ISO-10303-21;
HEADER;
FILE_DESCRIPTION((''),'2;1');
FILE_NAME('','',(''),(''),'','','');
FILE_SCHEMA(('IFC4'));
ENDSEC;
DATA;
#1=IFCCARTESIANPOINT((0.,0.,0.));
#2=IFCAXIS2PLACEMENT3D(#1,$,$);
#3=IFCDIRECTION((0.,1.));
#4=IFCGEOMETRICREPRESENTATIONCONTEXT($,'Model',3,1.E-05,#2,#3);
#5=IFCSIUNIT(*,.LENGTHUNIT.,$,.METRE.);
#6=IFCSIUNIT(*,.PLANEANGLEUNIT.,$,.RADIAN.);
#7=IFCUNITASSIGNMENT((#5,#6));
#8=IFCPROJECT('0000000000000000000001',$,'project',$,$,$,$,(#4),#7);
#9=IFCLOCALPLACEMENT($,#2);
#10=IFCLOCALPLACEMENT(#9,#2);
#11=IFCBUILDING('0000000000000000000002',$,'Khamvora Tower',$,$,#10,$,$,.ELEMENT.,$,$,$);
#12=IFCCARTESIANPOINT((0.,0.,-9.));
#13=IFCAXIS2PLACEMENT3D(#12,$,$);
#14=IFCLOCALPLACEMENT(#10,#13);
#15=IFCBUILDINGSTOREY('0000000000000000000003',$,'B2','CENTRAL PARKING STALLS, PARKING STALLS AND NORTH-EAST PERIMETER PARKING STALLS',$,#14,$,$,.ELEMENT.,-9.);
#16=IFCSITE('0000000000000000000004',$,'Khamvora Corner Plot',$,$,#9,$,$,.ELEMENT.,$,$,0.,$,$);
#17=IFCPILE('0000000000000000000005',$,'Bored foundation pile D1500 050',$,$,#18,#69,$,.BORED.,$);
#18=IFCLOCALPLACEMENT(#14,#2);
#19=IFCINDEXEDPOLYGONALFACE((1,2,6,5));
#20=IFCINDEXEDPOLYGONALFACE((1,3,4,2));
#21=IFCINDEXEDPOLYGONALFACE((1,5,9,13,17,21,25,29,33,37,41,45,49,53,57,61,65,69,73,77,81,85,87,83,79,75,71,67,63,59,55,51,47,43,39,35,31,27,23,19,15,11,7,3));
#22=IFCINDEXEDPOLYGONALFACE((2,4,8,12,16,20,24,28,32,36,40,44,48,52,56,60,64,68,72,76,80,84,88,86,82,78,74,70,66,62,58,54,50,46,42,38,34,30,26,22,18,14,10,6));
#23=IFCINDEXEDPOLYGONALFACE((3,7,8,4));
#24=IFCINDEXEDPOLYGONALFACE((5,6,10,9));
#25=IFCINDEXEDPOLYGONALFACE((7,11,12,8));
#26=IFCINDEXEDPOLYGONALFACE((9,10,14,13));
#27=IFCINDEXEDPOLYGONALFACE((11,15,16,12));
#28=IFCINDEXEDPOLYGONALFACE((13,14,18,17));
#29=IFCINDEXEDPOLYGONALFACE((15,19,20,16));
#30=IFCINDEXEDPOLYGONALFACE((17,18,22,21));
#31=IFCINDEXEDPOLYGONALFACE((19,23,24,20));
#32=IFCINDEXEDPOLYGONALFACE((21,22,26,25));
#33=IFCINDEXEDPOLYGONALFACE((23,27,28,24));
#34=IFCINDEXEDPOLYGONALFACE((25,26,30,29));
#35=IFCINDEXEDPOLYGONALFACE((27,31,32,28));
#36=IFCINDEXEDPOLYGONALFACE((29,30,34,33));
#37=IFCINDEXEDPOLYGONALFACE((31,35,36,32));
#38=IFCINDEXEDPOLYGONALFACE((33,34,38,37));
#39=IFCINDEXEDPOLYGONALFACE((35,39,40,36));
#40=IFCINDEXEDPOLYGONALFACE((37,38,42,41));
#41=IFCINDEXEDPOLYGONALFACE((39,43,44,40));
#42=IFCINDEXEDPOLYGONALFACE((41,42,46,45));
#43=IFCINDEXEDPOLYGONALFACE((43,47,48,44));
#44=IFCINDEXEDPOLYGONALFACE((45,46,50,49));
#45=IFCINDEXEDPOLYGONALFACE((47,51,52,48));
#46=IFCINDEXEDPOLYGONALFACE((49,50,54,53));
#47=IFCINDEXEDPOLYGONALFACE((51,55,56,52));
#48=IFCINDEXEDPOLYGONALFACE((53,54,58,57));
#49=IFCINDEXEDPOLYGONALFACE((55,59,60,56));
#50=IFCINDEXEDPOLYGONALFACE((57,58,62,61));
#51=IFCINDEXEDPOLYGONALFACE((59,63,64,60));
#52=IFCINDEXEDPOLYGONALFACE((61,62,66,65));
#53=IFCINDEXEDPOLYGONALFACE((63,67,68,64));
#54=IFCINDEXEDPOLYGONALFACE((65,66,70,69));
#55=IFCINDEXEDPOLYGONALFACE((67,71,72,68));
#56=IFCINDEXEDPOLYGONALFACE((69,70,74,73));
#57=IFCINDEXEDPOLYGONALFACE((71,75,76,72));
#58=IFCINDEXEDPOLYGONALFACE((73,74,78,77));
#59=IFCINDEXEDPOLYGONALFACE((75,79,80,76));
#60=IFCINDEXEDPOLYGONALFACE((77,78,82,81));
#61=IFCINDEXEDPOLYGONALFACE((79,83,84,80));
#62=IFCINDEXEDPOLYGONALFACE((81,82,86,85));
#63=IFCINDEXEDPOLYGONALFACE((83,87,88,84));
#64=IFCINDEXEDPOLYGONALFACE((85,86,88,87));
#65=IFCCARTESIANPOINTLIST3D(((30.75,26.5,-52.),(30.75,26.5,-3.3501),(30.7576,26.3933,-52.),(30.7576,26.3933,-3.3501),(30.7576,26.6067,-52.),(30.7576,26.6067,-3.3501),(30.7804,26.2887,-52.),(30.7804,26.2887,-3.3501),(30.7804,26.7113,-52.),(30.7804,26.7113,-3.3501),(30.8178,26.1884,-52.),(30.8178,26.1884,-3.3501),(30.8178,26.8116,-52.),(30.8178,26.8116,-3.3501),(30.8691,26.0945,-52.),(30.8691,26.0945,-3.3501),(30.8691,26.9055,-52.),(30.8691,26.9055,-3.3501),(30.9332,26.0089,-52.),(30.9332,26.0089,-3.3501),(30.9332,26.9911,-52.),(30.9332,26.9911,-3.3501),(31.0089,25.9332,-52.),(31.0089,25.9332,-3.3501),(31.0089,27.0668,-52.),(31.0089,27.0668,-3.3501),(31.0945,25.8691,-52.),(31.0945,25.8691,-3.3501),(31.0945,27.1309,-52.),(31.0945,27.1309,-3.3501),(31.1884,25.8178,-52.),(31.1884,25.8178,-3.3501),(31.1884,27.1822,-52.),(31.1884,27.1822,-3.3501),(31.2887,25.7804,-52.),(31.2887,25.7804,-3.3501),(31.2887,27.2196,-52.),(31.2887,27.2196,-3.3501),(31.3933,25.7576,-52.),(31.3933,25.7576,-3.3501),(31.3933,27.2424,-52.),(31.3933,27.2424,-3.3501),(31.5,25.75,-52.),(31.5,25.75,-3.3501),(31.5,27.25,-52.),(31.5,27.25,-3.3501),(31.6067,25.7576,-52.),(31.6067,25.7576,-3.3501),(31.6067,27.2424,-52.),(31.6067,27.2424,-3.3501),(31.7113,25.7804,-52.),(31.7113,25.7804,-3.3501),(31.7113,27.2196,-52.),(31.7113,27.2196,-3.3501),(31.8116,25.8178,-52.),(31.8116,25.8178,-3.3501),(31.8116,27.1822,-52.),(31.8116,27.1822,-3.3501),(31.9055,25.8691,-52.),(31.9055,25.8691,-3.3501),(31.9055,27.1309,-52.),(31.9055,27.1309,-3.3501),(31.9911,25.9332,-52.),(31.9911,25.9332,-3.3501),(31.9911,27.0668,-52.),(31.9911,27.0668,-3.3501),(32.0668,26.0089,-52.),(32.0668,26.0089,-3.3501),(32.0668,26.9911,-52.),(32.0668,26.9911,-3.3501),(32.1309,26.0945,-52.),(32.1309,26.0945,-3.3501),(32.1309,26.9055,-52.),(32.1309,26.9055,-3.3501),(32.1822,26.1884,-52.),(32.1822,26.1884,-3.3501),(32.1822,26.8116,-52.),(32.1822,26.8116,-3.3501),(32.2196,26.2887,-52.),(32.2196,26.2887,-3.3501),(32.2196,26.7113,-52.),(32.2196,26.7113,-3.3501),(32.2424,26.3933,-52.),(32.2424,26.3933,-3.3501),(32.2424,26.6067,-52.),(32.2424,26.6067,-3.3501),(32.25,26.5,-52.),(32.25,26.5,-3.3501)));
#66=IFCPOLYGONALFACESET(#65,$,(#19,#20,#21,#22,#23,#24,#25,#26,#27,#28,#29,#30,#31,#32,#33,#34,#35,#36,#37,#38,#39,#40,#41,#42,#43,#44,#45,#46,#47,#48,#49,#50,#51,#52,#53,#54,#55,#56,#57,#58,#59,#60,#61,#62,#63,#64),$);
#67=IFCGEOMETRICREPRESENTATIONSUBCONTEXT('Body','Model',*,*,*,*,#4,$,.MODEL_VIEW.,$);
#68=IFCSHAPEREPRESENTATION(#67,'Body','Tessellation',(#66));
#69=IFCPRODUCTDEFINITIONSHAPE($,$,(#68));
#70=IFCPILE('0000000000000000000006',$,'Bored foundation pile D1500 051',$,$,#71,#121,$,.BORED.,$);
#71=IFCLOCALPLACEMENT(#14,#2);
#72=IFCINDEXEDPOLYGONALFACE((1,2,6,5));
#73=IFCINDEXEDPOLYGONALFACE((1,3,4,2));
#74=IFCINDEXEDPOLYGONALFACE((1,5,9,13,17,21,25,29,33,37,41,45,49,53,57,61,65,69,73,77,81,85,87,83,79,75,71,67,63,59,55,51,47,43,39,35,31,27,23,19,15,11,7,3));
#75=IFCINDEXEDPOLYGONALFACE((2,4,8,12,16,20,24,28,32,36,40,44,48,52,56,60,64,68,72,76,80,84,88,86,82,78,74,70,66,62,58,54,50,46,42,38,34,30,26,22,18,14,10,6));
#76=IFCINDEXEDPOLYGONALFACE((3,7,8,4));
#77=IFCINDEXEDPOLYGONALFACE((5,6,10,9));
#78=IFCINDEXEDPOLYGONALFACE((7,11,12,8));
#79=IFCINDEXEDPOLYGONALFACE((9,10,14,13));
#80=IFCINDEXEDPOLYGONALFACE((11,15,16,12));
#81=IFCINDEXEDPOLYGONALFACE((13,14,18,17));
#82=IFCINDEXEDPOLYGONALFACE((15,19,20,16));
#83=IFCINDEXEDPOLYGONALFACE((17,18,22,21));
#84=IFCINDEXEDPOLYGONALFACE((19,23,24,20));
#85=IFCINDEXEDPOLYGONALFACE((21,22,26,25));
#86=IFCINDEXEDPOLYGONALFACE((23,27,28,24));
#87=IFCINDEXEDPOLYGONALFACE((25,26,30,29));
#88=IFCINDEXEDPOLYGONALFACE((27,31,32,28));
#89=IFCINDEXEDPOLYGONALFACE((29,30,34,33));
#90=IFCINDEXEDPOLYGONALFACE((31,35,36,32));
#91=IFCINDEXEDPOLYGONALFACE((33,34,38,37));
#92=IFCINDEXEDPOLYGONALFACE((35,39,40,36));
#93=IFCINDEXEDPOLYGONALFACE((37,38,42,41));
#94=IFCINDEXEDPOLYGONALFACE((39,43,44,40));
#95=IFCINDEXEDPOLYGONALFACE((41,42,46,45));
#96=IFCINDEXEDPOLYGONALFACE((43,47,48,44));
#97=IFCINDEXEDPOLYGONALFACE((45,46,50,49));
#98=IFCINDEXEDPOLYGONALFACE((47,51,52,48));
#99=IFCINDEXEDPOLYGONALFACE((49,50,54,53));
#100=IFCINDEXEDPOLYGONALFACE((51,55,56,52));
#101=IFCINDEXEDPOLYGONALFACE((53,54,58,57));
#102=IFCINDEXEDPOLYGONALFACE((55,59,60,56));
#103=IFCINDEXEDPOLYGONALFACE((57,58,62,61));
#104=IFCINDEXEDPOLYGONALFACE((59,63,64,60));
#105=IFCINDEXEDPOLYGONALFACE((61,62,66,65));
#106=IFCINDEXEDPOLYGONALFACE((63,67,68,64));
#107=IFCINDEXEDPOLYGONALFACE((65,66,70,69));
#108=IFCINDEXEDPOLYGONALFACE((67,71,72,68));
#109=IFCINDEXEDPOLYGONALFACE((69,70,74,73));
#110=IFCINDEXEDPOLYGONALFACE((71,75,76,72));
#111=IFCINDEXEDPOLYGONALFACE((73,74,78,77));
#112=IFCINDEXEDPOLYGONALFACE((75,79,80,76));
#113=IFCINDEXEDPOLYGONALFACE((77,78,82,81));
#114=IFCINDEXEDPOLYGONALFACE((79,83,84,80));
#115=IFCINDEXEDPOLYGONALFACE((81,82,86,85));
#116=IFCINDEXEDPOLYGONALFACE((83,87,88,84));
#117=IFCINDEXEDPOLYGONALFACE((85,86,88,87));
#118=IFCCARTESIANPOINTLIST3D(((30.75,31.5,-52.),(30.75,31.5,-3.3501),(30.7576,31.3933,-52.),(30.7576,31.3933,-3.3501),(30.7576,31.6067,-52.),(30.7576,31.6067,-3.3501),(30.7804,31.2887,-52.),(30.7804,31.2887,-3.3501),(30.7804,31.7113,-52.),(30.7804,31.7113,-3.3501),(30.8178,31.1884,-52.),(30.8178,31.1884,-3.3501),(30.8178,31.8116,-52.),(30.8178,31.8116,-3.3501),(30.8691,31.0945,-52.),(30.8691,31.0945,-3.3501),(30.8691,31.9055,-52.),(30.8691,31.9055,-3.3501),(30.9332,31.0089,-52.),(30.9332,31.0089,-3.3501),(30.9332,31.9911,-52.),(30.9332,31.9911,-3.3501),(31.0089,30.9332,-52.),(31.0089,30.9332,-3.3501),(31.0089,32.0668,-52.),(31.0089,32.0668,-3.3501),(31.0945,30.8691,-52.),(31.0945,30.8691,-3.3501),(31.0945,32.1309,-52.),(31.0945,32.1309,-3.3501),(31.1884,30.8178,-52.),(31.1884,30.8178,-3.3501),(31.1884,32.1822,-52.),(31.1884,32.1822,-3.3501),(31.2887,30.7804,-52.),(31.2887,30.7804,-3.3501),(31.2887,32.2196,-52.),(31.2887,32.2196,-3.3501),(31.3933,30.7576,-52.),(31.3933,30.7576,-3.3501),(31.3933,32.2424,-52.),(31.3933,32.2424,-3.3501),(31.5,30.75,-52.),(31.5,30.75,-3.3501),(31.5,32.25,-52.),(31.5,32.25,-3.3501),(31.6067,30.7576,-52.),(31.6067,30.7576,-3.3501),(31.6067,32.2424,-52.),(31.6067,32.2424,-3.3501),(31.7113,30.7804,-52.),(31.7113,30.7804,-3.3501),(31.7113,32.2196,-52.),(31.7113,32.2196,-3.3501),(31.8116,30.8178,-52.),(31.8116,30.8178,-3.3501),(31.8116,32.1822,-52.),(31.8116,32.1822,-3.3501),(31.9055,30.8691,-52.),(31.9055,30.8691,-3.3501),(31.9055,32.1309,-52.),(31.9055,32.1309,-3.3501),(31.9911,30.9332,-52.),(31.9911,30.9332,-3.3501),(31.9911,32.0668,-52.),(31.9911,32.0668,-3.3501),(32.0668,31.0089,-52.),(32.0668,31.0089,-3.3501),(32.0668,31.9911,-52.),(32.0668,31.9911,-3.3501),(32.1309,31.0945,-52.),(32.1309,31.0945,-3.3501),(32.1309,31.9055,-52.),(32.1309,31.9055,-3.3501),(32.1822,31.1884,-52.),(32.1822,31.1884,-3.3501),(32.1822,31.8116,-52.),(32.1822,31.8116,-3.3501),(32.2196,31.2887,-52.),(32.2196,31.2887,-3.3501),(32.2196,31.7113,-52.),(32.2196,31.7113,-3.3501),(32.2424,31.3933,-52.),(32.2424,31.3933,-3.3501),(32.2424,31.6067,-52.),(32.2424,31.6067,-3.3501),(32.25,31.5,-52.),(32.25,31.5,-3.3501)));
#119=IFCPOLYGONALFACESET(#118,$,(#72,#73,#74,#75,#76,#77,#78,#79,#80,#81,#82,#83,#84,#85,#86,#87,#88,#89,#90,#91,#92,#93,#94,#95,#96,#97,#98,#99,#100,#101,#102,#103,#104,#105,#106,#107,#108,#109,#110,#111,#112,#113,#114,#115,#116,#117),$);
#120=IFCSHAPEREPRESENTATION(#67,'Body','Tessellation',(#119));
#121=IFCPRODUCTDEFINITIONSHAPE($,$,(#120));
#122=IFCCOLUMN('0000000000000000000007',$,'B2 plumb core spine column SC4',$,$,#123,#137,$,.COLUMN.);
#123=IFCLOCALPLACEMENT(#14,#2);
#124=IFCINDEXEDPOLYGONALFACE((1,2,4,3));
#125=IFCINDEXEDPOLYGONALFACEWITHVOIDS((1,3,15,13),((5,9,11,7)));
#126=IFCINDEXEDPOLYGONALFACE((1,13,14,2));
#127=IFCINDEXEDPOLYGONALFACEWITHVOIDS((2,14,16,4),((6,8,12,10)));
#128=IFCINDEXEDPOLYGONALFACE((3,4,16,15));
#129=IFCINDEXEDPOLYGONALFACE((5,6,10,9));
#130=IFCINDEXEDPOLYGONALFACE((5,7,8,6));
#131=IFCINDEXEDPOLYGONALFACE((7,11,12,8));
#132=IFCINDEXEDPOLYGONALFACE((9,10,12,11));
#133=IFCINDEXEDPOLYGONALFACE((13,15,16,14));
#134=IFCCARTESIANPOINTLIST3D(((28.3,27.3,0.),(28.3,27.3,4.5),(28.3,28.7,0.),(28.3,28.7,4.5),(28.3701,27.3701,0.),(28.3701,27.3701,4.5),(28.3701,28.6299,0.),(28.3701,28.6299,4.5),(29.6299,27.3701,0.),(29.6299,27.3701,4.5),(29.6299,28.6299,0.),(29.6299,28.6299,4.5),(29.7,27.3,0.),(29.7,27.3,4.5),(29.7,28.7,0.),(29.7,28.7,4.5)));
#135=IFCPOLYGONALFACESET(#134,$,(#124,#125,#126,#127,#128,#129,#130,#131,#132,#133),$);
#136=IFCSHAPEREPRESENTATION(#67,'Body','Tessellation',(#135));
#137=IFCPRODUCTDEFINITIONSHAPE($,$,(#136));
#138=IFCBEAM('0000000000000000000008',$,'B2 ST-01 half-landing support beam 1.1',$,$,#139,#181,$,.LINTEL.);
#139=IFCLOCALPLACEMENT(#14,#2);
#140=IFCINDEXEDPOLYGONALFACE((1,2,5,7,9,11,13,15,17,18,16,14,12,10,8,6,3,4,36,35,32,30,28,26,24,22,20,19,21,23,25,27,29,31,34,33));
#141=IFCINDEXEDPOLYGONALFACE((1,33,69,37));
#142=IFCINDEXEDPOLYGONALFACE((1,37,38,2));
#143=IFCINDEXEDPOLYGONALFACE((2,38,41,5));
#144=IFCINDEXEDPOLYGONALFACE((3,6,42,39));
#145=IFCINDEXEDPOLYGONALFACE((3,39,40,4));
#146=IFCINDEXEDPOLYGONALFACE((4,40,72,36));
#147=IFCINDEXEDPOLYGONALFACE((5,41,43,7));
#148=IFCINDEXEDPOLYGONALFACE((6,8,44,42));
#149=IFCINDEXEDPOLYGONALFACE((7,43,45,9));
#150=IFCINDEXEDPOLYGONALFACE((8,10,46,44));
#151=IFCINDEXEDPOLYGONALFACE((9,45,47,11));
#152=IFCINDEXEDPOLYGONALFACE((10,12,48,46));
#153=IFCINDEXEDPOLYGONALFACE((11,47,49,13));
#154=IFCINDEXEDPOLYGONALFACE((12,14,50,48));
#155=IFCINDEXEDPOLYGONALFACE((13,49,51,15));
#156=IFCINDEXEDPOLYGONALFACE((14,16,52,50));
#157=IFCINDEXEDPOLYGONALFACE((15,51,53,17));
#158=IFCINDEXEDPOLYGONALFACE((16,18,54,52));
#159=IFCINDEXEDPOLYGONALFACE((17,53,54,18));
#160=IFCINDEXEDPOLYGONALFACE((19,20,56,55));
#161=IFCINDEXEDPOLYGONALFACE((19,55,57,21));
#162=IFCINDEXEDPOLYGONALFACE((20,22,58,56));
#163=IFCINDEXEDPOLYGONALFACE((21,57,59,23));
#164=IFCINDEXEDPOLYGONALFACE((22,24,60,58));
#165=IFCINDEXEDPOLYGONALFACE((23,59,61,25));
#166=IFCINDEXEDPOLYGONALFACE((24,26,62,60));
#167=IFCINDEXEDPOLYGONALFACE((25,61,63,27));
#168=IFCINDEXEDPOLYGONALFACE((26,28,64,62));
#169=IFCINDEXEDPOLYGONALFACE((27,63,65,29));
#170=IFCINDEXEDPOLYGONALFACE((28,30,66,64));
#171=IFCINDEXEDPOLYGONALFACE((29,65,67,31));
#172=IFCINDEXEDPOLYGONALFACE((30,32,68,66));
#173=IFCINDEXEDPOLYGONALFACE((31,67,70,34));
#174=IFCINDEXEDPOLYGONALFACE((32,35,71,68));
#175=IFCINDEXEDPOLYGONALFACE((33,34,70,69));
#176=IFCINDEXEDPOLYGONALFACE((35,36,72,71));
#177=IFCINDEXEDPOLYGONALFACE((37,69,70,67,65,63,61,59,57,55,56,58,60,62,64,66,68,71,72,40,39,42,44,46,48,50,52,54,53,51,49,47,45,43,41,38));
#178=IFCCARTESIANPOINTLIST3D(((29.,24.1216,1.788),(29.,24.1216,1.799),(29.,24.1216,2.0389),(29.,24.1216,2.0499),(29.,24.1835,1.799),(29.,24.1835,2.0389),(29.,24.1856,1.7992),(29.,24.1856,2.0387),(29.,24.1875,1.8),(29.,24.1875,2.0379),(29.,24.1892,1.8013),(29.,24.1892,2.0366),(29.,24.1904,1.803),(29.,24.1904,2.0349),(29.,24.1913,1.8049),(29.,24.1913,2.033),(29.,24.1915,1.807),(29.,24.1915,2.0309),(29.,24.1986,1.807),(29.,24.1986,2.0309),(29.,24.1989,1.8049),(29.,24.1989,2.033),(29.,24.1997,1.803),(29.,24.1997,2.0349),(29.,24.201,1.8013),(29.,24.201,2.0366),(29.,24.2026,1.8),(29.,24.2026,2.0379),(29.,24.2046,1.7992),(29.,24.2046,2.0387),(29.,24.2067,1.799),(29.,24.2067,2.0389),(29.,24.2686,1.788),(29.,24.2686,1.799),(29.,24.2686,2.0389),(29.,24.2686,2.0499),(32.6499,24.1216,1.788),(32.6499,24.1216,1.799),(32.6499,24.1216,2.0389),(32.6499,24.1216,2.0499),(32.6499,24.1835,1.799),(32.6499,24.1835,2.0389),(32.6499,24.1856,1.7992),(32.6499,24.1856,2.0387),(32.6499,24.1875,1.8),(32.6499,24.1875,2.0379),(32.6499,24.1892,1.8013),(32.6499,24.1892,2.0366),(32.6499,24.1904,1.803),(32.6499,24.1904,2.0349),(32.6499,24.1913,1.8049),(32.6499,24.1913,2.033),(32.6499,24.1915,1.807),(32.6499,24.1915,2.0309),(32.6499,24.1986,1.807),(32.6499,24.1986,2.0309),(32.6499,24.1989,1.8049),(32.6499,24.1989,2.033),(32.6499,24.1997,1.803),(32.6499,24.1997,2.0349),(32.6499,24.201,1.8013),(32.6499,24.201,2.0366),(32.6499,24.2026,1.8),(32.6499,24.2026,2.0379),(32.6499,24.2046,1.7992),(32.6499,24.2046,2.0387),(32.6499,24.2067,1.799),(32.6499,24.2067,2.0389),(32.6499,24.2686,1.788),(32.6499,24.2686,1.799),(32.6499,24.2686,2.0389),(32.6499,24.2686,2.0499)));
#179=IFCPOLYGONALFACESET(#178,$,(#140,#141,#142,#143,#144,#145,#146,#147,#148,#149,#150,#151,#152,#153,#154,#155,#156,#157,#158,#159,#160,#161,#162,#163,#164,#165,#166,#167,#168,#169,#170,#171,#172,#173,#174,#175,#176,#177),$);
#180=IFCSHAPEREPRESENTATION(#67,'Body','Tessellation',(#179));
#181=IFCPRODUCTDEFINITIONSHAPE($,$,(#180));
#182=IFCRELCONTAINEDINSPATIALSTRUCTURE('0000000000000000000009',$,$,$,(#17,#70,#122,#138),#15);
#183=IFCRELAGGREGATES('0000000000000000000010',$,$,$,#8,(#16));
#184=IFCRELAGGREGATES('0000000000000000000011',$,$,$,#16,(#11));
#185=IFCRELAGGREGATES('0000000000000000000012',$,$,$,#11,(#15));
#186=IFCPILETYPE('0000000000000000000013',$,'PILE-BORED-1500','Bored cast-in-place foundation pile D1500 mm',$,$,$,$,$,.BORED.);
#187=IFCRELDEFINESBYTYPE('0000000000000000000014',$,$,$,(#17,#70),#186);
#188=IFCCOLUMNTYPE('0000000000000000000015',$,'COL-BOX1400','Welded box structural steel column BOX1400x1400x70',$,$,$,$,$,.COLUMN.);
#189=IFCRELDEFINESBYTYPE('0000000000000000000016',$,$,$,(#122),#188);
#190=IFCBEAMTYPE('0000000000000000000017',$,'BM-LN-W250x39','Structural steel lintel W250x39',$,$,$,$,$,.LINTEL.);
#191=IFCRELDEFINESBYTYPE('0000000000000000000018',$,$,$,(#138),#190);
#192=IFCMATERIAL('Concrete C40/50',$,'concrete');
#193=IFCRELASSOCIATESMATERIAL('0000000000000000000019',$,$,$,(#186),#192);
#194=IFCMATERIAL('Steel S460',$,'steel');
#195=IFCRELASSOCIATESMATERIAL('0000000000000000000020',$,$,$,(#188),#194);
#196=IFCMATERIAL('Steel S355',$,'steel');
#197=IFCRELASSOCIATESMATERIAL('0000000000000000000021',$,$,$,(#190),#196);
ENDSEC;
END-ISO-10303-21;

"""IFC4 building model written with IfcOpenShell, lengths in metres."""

from ifc_helpers import new_model, si_unit, direction, frame, origin, origin_2d, place, context, subcontext, project, spatial, hollow_rectangle, circle, i_section, extrude, material, material_profile, profile_set, type_object, element, save


model = new_model("IFC4")

# Units and contexts
model_context = context("Model", 3, precision=1e-05, world=origin(), true_north=direction((0.0, 1.0)))
body_context = subcontext(model_context, "Body", "Model", "MODEL_VIEW")
ifc_project = project(units=[si_unit("LENGTHUNIT", "METRE"), si_unit("PLANEANGLEUNIT", "RADIAN")], contexts=[model_context])

# Site, building, storey
site_placement = place(None, origin())
site = spatial("IfcSite", under=ifc_project, at=site_placement, Name="Khamvora Corner Plot", CompositionType="ELEMENT", RefElevation=0.0)
building_placement = place(site_placement, origin())
building = spatial("IfcBuilding", under=site, at=building_placement, Name="Khamvora Tower", CompositionType="ELEMENT")
storey_placement = place(building_placement, frame((0.0, 0.0, -9.0)))
storey = spatial("IfcBuildingStorey", under=building, at=storey_placement, Name="B2", Description="CENTRAL PARKING STALLS, PARKING STALLS AND NORTH-EAST PERIMETER PARKING STALLS", CompositionType="ELEMENT", Elevation=-9.0)

# Piles
ifc_material_1 = material(Name="Concrete C40/50", Category="concrete")
ifc_material_profile_1 = material_profile(ifc_material_1, circle(Radius=0.75, at=origin_2d()), Name="PILE_D1500")
ifc_profile_set_1 = profile_set([ifc_material_profile_1], Name="Concrete C40/50")
pile_type = type_object("IfcPileType", Name="PILE-BORED-1500", Description="Bored cast-in-place foundation pile D1500 mm", PredefinedType="BORED", material=ifc_profile_set_1)
for number, where, z_axis, x_axis, name in (
    (1, (31.5, 26.5, -3.3501), (0.0, 0.0, -1.0), (1.0, 0.0, 0.0), "Bored foundation pile D1500 050"),
    (2, (31.5, 31.5, -3.3501), (0.0, 0.0, -1.0), (1.0, 0.0, 0.0), "Bored foundation pile D1500 051"),
):
    element("IfcPile", number, at=place(storey_placement, frame(where, z_axis=z_axis, x_axis=x_axis)), inside=storey, type_object=pile_type, Name=name, PredefinedType="BORED", context=body_context, shape_type="SweptSolid", body=[
        extrude(circle(Radius=0.75, at=origin_2d()), origin(), (0.0, 0.0, 1.0), 48.6499),
    ])

# Column
ifc_material_2 = material(Name="Steel S460", Category="steel")
ifc_material_profile_2 = material_profile(ifc_material_2, hollow_rectangle(XDim=1.3999, YDim=1.3999, WallThickness=0.0701, at=origin_2d()), Name="BOX1400x1400x70")
ifc_profile_set_2 = profile_set([ifc_material_profile_2], Name="Steel S460")
column_type = type_object("IfcColumnType", Name="COL-BOX1400", Description="Welded box structural steel column BOX1400x1400x70", PredefinedType="COLUMN", material=ifc_profile_set_2)
column_placement = place(storey_placement, frame((29.0, 28.0, 0.0), z_axis=(0.0, 0.0, 1.0), x_axis=(1.0, 0.0, 0.0)))
element("IfcColumn", 3, at=column_placement, inside=storey, type_object=column_type, Name="B2 plumb core spine column SC4", PredefinedType="COLUMN", context=body_context, shape_type="SweptSolid", body=[
    extrude(hollow_rectangle(XDim=1.3999, YDim=1.3999, WallThickness=0.0701, at=origin_2d()), origin(), (0.0, 0.0, 1.0), 4.5),
])

# Beam
ifc_material_3 = material(Name="Steel S355", Category="steel")
ifc_material_profile_3 = material_profile(ifc_material_3, i_section(OverallWidth=0.147, OverallDepth=0.262, WebThickness=0.0071, FlangeThickness=0.011, FilletRadius=0.0081, at=origin_2d()), Name="W250x39")
ifc_profile_set_3 = profile_set([ifc_material_profile_3], Name="Steel S355")
beam_type = type_object("IfcBeamType", Name="BM-LN-W250x39", Description="Structural steel lintel W250x39", PredefinedType="LINTEL", material=ifc_profile_set_3)
for number, where, z_axis, x_axis, name in (
    (4, (29.0, 24.1951, 1.9189), (1.0, 0.0, 0.0), (0.0, 1.0, 0.0), "B2 ST-01 half-landing support beam 1.1"),
):
    element("IfcBeam", number, at=place(storey_placement, frame(where, z_axis=z_axis, x_axis=x_axis)), inside=storey, type_object=beam_type, Name=name, PredefinedType="LINTEL", context=body_context, shape_type="SweptSolid", body=[
        extrude(i_section(OverallWidth=0.147, OverallDepth=0.262, WebThickness=0.0071, FlangeThickness=0.011, FilletRadius=0.0081, at=origin_2d()), origin(), (0.0, 0.0, 1.0), 3.6499),
    ])

save(model, "model.ifc")
